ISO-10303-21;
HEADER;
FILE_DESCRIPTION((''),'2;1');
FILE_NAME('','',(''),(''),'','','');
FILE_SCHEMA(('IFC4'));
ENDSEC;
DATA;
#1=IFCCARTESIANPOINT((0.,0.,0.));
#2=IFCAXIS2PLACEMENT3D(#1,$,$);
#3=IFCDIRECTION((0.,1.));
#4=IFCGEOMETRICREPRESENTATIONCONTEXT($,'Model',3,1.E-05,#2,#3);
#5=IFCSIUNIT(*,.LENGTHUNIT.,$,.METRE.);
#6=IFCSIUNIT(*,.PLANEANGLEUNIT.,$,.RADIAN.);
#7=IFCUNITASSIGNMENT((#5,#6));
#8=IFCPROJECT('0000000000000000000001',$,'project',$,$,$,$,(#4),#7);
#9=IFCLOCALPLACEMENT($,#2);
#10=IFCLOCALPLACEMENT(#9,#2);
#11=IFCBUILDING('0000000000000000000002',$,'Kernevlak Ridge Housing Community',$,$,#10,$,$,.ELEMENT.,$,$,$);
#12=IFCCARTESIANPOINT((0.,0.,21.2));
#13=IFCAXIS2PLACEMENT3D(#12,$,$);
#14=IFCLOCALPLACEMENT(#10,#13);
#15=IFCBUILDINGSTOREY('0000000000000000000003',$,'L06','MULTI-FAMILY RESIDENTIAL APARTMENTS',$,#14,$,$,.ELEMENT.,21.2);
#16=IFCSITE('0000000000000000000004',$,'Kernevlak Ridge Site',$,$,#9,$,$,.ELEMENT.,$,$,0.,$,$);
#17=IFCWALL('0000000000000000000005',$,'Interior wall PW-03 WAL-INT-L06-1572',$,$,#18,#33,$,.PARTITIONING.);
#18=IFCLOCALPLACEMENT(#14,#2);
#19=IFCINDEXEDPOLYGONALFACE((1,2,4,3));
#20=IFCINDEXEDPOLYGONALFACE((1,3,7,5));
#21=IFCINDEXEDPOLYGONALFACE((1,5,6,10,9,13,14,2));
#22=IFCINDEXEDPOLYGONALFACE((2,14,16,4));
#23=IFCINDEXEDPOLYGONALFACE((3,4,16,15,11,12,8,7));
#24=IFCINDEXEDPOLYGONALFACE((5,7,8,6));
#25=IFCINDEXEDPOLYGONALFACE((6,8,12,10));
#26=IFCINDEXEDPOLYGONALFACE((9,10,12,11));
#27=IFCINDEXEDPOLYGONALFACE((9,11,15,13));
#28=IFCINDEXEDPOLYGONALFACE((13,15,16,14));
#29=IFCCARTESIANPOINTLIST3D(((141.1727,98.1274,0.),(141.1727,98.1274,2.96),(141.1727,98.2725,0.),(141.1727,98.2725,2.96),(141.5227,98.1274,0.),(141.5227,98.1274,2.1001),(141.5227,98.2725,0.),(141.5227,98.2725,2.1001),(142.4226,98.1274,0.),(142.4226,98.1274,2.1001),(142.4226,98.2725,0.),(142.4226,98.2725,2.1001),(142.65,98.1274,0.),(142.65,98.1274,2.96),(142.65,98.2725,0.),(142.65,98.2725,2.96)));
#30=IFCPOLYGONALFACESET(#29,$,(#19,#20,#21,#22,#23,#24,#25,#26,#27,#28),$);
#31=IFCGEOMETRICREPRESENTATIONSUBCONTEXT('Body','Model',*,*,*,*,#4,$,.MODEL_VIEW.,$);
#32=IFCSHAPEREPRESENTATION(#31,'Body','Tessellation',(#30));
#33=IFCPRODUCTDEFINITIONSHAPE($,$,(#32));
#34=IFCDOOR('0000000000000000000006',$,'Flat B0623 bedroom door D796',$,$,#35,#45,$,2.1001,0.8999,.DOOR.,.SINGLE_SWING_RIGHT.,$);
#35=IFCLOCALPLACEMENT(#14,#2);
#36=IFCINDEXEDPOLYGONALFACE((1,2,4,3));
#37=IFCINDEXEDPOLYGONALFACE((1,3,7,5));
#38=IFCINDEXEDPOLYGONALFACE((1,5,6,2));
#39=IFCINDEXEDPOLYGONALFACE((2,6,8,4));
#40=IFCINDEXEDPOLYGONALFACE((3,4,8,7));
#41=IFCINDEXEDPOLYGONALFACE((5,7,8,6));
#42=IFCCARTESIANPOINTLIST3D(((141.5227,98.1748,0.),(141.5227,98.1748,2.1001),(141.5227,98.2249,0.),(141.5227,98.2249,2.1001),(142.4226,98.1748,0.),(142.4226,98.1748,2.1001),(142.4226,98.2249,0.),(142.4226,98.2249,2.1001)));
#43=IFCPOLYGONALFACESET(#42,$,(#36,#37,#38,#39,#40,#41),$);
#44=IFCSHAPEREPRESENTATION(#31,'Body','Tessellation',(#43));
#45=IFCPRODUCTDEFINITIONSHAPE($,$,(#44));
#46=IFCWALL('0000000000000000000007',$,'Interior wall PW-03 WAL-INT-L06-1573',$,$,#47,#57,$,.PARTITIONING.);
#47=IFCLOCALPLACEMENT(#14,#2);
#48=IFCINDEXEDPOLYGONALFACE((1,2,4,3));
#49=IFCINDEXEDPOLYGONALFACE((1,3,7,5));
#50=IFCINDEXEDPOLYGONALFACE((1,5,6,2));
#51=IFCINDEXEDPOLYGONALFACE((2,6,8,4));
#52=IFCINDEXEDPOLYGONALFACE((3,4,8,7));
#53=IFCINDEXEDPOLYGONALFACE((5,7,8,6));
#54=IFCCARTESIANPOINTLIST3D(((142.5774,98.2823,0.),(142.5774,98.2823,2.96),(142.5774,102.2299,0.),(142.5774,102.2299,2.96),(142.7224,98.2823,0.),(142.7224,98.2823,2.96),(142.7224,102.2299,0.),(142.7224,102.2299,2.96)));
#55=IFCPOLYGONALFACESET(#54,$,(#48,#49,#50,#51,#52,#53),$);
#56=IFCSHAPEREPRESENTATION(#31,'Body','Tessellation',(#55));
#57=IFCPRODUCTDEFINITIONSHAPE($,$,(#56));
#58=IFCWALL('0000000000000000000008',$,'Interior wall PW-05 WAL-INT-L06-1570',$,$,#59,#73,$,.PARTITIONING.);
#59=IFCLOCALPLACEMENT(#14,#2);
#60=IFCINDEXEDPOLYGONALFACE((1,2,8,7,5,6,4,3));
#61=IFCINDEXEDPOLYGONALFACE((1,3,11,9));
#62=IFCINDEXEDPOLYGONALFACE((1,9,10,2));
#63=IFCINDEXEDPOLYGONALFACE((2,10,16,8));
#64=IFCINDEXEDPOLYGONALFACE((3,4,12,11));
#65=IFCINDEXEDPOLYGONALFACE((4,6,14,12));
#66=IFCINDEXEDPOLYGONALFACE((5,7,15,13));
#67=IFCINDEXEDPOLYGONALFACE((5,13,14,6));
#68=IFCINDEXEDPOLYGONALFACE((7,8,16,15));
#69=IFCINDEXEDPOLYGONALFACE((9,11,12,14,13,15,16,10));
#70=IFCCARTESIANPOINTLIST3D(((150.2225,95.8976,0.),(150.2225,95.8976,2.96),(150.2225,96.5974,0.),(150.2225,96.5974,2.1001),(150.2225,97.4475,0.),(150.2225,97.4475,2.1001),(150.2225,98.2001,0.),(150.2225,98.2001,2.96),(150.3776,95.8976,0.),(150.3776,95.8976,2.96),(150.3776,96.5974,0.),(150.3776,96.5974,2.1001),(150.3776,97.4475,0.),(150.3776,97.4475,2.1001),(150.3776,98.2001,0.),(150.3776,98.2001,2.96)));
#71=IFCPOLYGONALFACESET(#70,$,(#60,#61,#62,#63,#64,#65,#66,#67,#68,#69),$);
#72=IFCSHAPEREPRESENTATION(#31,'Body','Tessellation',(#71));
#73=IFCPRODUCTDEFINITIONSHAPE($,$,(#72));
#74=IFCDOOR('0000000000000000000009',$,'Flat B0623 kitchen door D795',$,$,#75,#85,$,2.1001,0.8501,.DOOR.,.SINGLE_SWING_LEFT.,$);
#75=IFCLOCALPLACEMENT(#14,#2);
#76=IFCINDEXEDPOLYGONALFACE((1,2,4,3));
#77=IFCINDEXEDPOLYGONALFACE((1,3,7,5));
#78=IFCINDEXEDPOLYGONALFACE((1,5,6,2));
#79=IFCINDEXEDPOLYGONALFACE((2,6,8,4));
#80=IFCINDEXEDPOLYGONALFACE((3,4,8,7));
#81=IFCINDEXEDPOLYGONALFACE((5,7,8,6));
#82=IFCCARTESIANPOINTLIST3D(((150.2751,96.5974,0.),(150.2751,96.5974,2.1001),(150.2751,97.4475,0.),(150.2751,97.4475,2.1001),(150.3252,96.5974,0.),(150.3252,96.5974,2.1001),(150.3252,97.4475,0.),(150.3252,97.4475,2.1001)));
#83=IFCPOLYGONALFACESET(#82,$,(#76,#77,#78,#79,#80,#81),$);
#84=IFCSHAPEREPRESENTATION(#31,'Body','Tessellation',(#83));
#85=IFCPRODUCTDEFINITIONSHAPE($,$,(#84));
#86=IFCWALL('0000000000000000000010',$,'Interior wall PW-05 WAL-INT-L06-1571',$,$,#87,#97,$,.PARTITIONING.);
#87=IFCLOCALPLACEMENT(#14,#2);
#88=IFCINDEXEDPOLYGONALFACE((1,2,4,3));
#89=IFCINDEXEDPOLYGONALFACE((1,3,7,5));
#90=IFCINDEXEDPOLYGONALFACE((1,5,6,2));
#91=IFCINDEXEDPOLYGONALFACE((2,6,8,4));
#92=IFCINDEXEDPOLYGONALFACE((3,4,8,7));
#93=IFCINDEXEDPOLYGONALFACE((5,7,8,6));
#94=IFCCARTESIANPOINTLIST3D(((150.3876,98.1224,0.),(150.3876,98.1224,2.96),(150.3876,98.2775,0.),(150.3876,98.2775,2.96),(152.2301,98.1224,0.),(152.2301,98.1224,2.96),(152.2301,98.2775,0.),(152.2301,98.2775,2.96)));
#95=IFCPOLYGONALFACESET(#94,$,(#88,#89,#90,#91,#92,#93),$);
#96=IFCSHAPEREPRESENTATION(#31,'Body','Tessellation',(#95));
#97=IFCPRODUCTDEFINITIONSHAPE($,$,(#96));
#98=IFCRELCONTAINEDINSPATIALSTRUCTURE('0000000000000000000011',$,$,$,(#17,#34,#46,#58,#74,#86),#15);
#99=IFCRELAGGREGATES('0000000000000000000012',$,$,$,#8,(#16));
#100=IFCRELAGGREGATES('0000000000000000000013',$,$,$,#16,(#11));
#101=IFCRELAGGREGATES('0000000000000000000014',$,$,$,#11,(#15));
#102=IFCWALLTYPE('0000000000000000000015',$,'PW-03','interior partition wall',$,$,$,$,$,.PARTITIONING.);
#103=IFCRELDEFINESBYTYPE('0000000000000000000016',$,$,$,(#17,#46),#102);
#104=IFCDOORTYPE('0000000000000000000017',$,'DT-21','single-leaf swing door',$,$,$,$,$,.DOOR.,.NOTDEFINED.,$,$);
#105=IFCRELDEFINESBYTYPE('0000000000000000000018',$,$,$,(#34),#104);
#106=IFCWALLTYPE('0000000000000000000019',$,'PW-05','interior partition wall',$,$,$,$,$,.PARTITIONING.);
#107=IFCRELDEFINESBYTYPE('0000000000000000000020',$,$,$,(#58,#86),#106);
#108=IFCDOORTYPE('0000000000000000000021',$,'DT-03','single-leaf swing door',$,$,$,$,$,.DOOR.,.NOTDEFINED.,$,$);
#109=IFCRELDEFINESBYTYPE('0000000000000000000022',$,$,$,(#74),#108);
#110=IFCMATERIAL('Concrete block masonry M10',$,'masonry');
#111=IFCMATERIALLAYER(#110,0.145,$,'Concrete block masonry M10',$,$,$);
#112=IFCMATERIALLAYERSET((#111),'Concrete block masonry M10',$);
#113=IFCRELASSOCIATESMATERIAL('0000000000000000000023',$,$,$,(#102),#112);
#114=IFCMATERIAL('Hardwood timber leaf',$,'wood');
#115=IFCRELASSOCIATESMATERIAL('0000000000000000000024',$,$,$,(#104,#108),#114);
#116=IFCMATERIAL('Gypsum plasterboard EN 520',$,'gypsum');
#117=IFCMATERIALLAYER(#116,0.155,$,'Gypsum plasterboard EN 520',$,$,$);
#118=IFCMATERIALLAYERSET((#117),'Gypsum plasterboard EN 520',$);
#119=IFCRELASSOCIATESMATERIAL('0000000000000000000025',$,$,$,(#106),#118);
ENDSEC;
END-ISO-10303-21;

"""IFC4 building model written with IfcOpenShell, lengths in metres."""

from ifc_helpers import new_model, si_unit, direction, frame, frame_2d, origin, place, context, subcontext, project, spatial, rectangle, extrude, material, layer, layer_set, type_object, element, fill, save


model = new_model("IFC4")

# Units and contexts
model_context = context("Model", 3, precision=1e-05, world=origin(), true_north=direction((0.0, 1.0)))
body_context = subcontext(model_context, "Body", "Model", "MODEL_VIEW")
ifc_project = project(units=[si_unit("LENGTHUNIT", "METRE"), si_unit("PLANEANGLEUNIT", "RADIAN")], contexts=[model_context])

# Site, building, storey
site_placement = place(None, origin())
site = spatial("IfcSite", under=ifc_project, at=site_placement, Name="Kernevlak Ridge Site", CompositionType="ELEMENT", RefElevation=0.0)
building_placement = place(site_placement, origin())
building = spatial("IfcBuilding", under=site, at=building_placement, Name="Kernevlak Ridge Housing Community", CompositionType="ELEMENT")
storey_placement = place(building_placement, frame((0.0, 0.0, 21.2)))
storey = spatial("IfcBuildingStorey", under=building, at=storey_placement, Name="L06", Description="MULTI-FAMILY RESIDENTIAL APARTMENTS", CompositionType="ELEMENT", Elevation=21.2)

# Shared definitions
ifc_material_1 = material(Name="Concrete block masonry M10", Category="masonry")

# Shared definitions
ifc_layer_1 = layer(ifc_material_1, 0.145, Name="Concrete block masonry M10")
ifc_layer_set_1 = layer_set([ifc_layer_1], Name="Concrete block masonry M10")
wall_type_1 = type_object("IfcWallType", Name="PW-03", Description="interior partition wall", PredefinedType="PARTITIONING", material=ifc_layer_set_1)

# Wall, opening, door
wall_1_placement = place(storey_placement, frame((141.1726, 98.2, 0.0), z_axis=(0.0, 0.0, 1.0), x_axis=(1.0, 0.0, 0.0)))
wall_1 = element("IfcWall", 1, at=wall_1_placement, inside=storey, type_object=wall_type_1, Name="Interior wall PW-03 WAL-INT-L06-1572", PredefinedType="PARTITIONING", context=body_context, shape_type="SweptSolid", body=[
    extrude(rectangle(XDim=1.4773, YDim=0.145, at=frame_2d((0.7388, 0.0))), origin(), (0.0, 0.0, 1.0), 2.96),
])
opening_1_placement = place(wall_1_placement, frame((0.3501, 0.0, 0.0)))
opening_1 = element("IfcOpeningElement", 2, at=opening_1_placement, cuts=wall_1, PredefinedType="OPENING", context=body_context, shape_type="SweptSolid", body=[
    extrude(rectangle(XDim=0.8999, YDim=2.1001, at=frame_2d((0.45, 1.05))), frame((0.0, 0.0825, 0.0), z_axis=(0.0, -1.0, 0.0), x_axis=(1.0, 0.0, 0.0)), (0.0, 0.0, 1.0), 0.165),
])
ifc_material_2 = material(Name="Hardwood timber leaf", Category="wood")
door_type_1 = type_object("IfcDoorType", Name="DT-21", Description="single-leaf swing door", OperationType="NOTDEFINED", PredefinedType="DOOR", material=ifc_material_2)
door_1_placement = place(opening_1_placement, origin())
door_1 = element("IfcDoor", 3, at=door_1_placement, inside=storey, type_object=door_type_1, Name="Flat B0623 bedroom door D796", OperationType="SINGLE_SWING_RIGHT", OverallHeight=2.1001, OverallWidth=0.8999, PredefinedType="DOOR", context=body_context, shape_type="SweptSolid", body=[
    extrude(rectangle(XDim=0.8999, YDim=2.1001, at=frame_2d((0.45, 1.05))), frame((0.0, 0.0249, 0.0), z_axis=(0.0, -1.0, 0.0), x_axis=(1.0, 0.0, 0.0)), (0.0, 0.0, 1.0), 0.05),
])
fill(opening_1, door_1)

# Wall
wall_2_placement = place(storey_placement, frame((142.6499, 98.2825, 0.0), z_axis=(0.0, 0.0, 1.0), x_axis=(0.0, 1.0, 0.0)))
element("IfcWall", 4, at=wall_2_placement, inside=storey, type_object=wall_type_1, Name="Interior wall PW-03 WAL-INT-L06-1573", PredefinedType="PARTITIONING", context=body_context, shape_type="SweptSolid", body=[
    extrude(rectangle(XDim=3.9475, YDim=0.145, at=frame_2d((1.9736, 0.0))), origin(), (0.0, 0.0, 1.0), 2.96),
])

# Wall, opening, door
ifc_material_3 = material(Name="Gypsum plasterboard EN 520", Category="gypsum")
ifc_layer_2 = layer(ifc_material_3, 0.155, Name="Gypsum plasterboard EN 520")
ifc_layer_set_2 = layer_set([ifc_layer_2], Name="Gypsum plasterboard EN 520")
wall_type_2 = type_object("IfcWallType", Name="PW-05", Description="interior partition wall", PredefinedType="PARTITIONING", material=ifc_layer_set_2)
wall_3_placement = place(storey_placement, frame((150.3, 95.8975, 0.0), z_axis=(0.0, 0.0, 1.0), x_axis=(0.0, 1.0, 0.0)))
wall_3 = element("IfcWall", 5, at=wall_3_placement, inside=storey, type_object=wall_type_2, Name="Interior wall PW-05 WAL-INT-L06-1570", PredefinedType="PARTITIONING", context=body_context, shape_type="SweptSolid", body=[
    extrude(rectangle(XDim=2.3025, YDim=0.155, at=frame_2d((1.1514, 0.0))), origin(), (0.0, 0.0, 1.0), 2.96),
])
opening_2_placement = place(wall_3_placement, frame((0.7, 0.0, 0.0)))
opening_2 = element("IfcOpeningElement", 6, at=opening_2_placement, cuts=wall_3, PredefinedType="OPENING", context=body_context, shape_type="SweptSolid", body=[
    extrude(rectangle(XDim=0.8501, YDim=2.1001, at=frame_2d((0.425, 1.05))), frame((0.0, 0.0874, 0.0), z_axis=(0.0, -1.0, 0.0), x_axis=(1.0, 0.0, 0.0)), (0.0, 0.0, 1.0), 0.175),
])
door_type_2 = type_object("IfcDoorType", Name="DT-03", Description="single-leaf swing door", OperationType="NOTDEFINED", PredefinedType="DOOR", material=ifc_material_2)
door_2_placement = place(opening_2_placement, origin())
door_2 = element("IfcDoor", 7, at=door_2_placement, inside=storey, type_object=door_type_2, Name="Flat B0623 kitchen door D795", OperationType="SINGLE_SWING_LEFT", OverallHeight=2.1001, OverallWidth=0.8501, PredefinedType="DOOR", context=body_context, shape_type="SweptSolid", body=[
    extrude(rectangle(XDim=0.8501, YDim=2.1001, at=frame_2d((0.425, 1.05))), frame((0.0, 0.0249, 0.0), z_axis=(0.0, -1.0, 0.0), x_axis=(1.0, 0.0, 0.0)), (0.0, 0.0, 1.0), 0.05),
])
fill(opening_2, door_2)

# Wall
wall_4_placement = place(storey_placement, frame((150.3875, 98.2, 0.0), z_axis=(0.0, 0.0, 1.0), x_axis=(1.0, 0.0, 0.0)))
element("IfcWall", 8, at=wall_4_placement, inside=storey, type_object=wall_type_2, Name="Interior wall PW-05 WAL-INT-L06-1571", PredefinedType="PARTITIONING", context=body_context, shape_type="SweptSolid", body=[
    extrude(rectangle(XDim=1.8425, YDim=0.155, at=frame_2d((0.9214, 0.0))), origin(), (0.0, 0.0, 1.0), 2.96),
])

save(model, "model.ifc")
